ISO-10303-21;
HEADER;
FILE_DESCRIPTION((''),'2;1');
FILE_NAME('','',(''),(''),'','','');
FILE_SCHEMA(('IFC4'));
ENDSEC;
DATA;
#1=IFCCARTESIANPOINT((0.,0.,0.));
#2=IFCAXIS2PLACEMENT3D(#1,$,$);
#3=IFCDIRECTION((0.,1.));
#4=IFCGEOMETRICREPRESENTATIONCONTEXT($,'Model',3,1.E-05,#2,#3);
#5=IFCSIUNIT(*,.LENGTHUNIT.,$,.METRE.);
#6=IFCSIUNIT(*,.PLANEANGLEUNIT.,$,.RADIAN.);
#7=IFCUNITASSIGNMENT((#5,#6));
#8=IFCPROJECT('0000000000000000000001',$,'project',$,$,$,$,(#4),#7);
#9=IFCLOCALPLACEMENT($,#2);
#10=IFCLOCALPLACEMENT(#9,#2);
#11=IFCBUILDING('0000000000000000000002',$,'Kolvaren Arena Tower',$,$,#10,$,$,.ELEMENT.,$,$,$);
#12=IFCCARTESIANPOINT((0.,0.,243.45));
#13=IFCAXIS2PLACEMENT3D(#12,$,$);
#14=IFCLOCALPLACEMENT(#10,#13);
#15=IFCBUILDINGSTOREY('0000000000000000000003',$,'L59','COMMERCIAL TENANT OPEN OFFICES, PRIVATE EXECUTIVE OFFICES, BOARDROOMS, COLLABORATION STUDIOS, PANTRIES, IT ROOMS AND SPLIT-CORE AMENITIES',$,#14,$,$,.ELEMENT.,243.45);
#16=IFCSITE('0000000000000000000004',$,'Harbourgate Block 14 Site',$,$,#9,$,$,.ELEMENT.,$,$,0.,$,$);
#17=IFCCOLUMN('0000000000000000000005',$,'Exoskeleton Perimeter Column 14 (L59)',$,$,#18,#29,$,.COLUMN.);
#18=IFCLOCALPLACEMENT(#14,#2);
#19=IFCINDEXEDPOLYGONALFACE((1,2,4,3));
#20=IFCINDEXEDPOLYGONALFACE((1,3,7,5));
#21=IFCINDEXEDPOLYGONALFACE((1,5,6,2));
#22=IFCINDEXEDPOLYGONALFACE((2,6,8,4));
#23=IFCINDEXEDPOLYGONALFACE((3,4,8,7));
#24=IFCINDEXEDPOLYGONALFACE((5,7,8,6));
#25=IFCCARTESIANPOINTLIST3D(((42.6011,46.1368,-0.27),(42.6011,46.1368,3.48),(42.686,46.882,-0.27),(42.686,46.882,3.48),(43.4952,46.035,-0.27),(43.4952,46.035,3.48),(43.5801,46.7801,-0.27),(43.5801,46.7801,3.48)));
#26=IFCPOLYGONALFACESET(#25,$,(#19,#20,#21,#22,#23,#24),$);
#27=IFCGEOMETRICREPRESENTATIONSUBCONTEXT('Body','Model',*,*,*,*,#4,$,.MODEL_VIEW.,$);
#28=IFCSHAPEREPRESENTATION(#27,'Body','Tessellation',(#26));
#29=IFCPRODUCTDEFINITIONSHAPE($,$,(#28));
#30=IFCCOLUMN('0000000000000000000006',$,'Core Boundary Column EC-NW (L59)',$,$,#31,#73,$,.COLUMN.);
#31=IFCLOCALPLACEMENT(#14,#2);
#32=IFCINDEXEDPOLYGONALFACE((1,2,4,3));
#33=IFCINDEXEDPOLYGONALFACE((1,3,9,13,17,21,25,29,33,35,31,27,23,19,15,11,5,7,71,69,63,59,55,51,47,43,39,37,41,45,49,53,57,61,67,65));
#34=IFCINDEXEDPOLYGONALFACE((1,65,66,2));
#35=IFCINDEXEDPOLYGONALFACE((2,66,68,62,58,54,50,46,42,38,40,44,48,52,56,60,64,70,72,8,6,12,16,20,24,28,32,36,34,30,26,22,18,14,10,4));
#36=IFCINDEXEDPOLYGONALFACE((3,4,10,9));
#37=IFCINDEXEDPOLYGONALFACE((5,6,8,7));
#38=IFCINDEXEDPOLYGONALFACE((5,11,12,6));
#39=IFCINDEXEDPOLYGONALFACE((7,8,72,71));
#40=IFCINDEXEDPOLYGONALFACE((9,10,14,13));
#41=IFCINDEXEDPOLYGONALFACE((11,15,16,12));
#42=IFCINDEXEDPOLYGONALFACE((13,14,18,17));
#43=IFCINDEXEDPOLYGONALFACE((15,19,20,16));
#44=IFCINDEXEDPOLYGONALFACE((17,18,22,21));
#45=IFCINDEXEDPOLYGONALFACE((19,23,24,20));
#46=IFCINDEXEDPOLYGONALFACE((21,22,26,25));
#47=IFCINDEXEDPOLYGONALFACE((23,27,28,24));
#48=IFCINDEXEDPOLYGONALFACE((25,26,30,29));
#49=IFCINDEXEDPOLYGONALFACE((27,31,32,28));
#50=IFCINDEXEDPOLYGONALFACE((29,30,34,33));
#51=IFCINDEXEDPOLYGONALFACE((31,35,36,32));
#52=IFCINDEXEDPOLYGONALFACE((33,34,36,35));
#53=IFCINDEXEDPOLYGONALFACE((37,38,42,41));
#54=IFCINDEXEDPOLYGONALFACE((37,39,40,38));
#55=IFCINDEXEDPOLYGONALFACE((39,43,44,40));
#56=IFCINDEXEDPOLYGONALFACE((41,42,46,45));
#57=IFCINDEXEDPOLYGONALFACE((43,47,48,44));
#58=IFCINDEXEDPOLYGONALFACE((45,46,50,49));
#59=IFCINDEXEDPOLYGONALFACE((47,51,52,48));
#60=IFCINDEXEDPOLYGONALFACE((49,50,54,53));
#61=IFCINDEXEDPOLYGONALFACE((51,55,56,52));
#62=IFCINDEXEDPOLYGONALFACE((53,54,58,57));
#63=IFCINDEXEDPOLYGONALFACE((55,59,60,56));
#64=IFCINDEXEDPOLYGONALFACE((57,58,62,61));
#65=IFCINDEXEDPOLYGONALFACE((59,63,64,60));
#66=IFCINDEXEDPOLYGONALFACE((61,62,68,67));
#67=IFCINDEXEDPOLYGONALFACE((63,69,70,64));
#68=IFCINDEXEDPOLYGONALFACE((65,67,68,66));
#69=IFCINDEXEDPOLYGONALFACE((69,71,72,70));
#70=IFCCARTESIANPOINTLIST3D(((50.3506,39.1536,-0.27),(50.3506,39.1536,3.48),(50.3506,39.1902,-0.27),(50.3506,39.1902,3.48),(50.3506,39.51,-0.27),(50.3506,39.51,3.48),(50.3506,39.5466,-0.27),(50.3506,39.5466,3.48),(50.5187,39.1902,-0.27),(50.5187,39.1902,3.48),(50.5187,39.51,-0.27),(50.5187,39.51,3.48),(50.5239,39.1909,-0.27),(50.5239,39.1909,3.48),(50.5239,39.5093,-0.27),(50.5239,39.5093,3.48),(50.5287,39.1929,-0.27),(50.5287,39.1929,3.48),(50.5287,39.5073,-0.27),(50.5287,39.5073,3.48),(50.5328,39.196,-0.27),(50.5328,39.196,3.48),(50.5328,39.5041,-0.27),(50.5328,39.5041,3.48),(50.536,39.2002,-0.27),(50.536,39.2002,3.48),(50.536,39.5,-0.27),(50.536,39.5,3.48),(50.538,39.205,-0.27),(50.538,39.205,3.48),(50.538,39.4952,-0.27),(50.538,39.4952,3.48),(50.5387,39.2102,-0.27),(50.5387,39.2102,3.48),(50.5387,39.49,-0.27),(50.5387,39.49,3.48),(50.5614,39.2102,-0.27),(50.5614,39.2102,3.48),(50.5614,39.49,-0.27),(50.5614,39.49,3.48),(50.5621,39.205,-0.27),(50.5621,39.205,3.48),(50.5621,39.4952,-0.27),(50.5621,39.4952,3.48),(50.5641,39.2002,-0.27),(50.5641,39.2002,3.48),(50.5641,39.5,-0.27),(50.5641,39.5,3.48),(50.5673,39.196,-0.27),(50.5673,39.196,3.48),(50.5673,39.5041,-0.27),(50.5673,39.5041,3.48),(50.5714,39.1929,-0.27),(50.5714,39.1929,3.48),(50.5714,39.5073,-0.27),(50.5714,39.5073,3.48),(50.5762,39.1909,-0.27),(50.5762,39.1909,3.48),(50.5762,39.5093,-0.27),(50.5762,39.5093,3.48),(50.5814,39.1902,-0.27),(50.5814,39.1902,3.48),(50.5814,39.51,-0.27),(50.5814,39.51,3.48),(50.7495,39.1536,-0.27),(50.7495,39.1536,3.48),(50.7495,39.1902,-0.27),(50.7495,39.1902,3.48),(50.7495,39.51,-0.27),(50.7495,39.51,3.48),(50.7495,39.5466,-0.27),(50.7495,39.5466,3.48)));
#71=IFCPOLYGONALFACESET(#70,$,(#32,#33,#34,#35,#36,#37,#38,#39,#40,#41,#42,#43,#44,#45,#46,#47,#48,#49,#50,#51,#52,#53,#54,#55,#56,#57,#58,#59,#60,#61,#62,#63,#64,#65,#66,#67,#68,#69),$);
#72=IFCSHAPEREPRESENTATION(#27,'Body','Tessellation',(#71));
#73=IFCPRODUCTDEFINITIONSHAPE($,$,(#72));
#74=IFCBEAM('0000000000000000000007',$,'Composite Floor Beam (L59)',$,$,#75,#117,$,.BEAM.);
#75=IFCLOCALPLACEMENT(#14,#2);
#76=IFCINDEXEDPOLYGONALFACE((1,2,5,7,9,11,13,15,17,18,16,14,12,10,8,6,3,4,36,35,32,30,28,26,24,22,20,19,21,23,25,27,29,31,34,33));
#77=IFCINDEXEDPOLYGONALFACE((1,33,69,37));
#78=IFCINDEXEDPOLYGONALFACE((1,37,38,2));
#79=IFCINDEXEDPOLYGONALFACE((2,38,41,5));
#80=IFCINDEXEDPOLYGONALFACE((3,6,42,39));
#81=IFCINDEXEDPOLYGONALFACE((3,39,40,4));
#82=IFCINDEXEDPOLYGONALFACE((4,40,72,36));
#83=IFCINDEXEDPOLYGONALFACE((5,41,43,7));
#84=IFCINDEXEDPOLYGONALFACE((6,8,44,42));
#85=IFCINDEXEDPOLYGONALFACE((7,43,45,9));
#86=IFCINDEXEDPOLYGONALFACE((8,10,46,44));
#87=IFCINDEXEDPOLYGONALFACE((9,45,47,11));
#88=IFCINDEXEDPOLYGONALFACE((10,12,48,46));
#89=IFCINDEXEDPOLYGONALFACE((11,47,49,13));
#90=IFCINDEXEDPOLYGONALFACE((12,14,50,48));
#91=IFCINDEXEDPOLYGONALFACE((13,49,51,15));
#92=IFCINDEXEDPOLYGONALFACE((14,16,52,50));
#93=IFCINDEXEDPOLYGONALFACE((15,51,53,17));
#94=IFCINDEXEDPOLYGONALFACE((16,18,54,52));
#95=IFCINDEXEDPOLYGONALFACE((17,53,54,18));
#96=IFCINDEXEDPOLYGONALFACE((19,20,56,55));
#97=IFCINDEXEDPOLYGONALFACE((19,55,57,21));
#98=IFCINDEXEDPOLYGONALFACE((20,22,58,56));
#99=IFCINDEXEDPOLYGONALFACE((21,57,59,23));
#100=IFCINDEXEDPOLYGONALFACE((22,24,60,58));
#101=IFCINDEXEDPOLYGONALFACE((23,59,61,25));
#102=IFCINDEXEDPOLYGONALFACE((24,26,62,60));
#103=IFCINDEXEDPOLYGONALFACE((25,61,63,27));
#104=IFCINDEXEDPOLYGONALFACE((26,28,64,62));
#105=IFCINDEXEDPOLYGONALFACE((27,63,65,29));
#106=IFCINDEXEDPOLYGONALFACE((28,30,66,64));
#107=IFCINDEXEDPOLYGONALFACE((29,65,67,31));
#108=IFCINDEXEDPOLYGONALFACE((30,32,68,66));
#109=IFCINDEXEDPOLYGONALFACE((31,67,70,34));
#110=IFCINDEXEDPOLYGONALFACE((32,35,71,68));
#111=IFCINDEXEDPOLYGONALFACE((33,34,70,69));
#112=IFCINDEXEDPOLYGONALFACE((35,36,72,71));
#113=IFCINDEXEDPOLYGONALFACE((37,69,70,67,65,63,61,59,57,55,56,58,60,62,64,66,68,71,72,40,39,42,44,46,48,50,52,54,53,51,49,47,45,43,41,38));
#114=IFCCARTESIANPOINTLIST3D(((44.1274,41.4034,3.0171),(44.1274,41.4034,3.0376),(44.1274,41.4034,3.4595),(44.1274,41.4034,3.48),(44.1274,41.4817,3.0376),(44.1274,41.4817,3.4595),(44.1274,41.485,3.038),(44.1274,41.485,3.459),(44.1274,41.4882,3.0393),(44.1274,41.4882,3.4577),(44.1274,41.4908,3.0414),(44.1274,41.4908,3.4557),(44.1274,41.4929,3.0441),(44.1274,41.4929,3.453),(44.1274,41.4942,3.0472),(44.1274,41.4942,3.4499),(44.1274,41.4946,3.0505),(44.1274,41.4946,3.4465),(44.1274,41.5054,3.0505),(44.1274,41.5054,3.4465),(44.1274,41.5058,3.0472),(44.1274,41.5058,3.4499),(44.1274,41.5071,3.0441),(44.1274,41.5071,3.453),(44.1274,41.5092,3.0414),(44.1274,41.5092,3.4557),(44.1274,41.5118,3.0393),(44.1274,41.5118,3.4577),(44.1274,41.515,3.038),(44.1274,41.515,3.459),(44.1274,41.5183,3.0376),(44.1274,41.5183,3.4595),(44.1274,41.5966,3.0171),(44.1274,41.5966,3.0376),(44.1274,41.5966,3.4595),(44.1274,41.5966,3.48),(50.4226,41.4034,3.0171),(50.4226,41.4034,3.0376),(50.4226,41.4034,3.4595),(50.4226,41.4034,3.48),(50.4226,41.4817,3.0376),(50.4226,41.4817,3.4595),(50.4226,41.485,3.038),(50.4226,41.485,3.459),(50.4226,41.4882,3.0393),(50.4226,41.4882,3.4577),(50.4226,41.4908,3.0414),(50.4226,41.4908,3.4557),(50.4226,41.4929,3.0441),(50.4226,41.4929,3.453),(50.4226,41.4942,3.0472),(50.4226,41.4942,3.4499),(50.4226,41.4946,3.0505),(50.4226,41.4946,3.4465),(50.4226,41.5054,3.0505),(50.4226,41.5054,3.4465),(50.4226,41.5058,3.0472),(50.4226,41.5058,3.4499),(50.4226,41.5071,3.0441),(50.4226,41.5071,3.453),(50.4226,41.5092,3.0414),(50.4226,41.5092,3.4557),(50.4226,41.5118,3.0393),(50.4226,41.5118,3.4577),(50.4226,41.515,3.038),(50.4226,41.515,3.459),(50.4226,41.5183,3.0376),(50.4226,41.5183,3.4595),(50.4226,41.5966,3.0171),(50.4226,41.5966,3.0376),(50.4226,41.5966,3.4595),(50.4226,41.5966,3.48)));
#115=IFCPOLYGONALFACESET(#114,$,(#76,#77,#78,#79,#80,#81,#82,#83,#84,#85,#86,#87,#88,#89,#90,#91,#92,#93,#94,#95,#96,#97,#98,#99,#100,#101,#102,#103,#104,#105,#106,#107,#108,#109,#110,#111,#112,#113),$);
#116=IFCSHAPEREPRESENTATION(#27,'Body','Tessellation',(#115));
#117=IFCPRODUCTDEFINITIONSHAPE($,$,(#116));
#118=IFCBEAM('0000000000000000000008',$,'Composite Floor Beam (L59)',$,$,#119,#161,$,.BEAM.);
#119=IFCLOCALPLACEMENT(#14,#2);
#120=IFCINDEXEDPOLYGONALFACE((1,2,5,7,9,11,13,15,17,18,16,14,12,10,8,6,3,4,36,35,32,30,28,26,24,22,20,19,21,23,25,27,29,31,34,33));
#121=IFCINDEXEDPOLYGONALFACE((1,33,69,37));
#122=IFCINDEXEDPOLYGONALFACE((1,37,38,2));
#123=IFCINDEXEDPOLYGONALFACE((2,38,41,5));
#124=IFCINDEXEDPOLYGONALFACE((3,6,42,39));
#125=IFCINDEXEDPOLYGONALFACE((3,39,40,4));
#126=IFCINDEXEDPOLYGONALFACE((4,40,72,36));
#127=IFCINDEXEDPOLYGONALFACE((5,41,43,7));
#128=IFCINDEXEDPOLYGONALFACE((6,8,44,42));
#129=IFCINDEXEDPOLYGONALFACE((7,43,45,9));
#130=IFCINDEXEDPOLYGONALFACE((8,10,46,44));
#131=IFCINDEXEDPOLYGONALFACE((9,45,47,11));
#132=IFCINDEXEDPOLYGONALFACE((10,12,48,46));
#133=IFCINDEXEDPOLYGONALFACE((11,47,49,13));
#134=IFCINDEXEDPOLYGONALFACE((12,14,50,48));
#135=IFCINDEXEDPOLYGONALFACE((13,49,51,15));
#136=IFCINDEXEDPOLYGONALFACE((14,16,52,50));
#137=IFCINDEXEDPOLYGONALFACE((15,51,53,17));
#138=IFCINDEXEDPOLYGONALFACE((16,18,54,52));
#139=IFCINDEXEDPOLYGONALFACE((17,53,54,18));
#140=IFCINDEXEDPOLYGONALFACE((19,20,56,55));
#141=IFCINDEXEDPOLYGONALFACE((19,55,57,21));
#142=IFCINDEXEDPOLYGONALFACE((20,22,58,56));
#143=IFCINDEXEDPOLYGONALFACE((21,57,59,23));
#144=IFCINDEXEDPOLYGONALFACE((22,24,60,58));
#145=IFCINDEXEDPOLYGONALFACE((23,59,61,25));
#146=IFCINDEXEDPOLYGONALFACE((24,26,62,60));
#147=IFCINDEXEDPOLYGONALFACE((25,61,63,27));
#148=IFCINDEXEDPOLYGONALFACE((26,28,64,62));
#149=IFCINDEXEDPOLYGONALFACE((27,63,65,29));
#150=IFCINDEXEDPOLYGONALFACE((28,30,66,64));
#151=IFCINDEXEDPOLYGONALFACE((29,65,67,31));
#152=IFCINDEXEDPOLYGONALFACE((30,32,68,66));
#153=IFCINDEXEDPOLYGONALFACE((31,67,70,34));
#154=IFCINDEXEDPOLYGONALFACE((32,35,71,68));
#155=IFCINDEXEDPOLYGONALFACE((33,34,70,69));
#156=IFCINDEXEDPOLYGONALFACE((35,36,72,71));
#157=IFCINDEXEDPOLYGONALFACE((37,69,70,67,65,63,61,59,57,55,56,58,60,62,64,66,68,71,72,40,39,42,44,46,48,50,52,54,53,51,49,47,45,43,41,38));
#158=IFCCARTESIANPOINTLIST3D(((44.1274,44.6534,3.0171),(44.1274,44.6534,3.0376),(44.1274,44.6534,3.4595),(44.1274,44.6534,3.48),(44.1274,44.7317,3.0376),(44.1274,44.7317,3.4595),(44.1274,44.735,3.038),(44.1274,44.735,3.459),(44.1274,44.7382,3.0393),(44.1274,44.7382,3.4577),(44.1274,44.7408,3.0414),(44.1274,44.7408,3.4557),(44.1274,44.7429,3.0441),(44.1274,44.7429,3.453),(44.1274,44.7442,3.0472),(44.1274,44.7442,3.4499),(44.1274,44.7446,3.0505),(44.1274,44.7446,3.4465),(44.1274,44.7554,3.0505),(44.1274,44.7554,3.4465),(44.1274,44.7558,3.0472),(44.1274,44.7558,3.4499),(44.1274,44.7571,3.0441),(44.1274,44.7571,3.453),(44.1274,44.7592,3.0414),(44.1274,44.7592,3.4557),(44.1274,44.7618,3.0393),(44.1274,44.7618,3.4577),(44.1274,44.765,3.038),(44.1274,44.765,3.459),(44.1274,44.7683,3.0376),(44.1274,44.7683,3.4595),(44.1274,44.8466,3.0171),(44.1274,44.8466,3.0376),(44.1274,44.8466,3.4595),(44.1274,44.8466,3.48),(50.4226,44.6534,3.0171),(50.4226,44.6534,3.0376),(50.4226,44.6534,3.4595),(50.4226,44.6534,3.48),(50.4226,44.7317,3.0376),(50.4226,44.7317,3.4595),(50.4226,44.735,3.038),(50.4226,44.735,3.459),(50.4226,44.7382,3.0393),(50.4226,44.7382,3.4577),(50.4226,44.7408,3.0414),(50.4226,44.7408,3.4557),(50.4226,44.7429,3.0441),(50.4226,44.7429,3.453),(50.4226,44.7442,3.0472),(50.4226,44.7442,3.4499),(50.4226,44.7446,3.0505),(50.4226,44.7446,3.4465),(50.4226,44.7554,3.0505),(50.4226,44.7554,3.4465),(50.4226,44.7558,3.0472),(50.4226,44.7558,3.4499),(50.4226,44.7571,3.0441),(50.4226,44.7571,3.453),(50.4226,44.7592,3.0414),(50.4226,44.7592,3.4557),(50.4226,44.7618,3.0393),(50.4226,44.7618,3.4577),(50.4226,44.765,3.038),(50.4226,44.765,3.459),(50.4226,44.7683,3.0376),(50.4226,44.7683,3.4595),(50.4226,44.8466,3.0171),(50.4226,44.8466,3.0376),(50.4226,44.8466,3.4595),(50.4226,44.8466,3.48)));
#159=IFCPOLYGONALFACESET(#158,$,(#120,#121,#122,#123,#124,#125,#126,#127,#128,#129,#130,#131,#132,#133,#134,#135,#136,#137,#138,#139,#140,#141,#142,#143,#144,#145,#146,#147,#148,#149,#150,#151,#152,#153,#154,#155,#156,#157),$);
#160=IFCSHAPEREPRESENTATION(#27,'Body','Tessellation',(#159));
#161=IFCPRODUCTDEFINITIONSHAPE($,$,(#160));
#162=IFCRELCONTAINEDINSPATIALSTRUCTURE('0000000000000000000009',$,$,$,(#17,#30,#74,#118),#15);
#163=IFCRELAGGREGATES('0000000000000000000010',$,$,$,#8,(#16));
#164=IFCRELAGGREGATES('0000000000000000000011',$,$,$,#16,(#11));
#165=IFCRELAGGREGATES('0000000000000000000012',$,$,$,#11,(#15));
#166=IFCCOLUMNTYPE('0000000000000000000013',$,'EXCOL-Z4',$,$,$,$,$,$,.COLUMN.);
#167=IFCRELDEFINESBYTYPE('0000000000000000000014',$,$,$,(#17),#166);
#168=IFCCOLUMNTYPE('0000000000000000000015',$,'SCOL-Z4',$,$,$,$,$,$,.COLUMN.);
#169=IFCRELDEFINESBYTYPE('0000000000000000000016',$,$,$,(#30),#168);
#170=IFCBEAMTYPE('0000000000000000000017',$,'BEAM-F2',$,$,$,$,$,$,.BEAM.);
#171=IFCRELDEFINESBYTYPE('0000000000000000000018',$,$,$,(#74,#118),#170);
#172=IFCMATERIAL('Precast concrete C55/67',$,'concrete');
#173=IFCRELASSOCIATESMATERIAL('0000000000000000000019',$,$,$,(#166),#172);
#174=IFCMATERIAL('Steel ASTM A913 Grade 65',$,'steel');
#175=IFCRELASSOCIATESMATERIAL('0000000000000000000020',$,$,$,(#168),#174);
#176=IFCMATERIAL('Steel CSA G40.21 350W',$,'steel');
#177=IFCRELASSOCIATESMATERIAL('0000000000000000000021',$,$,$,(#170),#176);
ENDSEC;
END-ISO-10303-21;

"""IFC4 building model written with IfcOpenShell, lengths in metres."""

from ifc_helpers import new_model, si_unit, direction, frame, origin, origin_2d, place, context, subcontext, project, spatial, rectangle, i_section, extrude, material, material_profile, profile_set, type_object, element, save


model = new_model("IFC4")

# Units and contexts
model_context = context("Model", 3, precision=1e-05, world=origin(), true_north=direction((0.0, 1.0)))
body_context = subcontext(model_context, "Body", "Model", "MODEL_VIEW")
ifc_project = project(units=[si_unit("LENGTHUNIT", "METRE"), si_unit("PLANEANGLEUNIT", "RADIAN")], contexts=[model_context])

# Site, building, storey
site_placement = place(None, origin())
site = spatial("IfcSite", under=ifc_project, at=site_placement, Name="Harbourgate Block 14 Site", CompositionType="ELEMENT", RefElevation=0.0)
building_placement = place(site_placement, origin())
building = spatial("IfcBuilding", under=site, at=building_placement, Name="Kolvaren Arena Tower", CompositionType="ELEMENT")
storey_placement = place(building_placement, frame((0.0, 0.0, 243.45)))
storey = spatial("IfcBuildingStorey", under=building, at=storey_placement, Name="L59", Description="COMMERCIAL TENANT OPEN OFFICES, PRIVATE EXECUTIVE OFFICES, BOARDROOMS, COLLABORATION STUDIOS, PANTRIES, IT ROOMS AND SPLIT-CORE AMENITIES", CompositionType="ELEMENT", Elevation=243.45)

# Columns
ifc_material_1 = material(Name="Precast concrete C55/67", Category="concrete")
ifc_material_profile_1 = material_profile(ifc_material_1, rectangle(XDim=0.8999, YDim=0.75, at=origin_2d()), Name="RC-900x750")
ifc_profile_set_1 = profile_set([ifc_material_profile_1], Name="Precast concrete C55/67")
column_type_1 = type_object("IfcColumnType", Name="EXCOL-Z4", PredefinedType="COLUMN", material=ifc_profile_set_1)
column_1_placement = place(storey_placement, frame((43.0906, 46.4585, -0.27), z_axis=(0.0, 0.0, 1.0), x_axis=(0.993572, -0.113203, 0.0)))
element("IfcColumn", 1, at=column_1_placement, inside=storey, type_object=column_type_1, Name="Exoskeleton Perimeter Column 14 (L59)", PredefinedType="COLUMN", context=body_context, shape_type="SweptSolid", body=[
    extrude(rectangle(XDim=0.8999, YDim=0.75, at=origin_2d()), origin(), (0.0, 0.0, 1.0), 3.75),
])
ifc_material_2 = material(Name="Steel ASTM A913 Grade 65", Category="steel")
ifc_material_profile_2 = material_profile(ifc_material_2, i_section(OverallWidth=0.3989, OverallDepth=0.3931, WebThickness=0.0227, FlangeThickness=0.0366, FilletRadius=0.02, at=origin_2d()), Name="W360x287")
ifc_profile_set_2 = profile_set([ifc_material_profile_2], Name="Steel ASTM A913 Grade 65")
column_type_2 = type_object("IfcColumnType", Name="SCOL-Z4", PredefinedType="COLUMN", material=ifc_profile_set_2)
column_2_placement = place(storey_placement, frame((50.55, 39.3501, -0.27), z_axis=(0.0, 0.0, 1.0), x_axis=(1.0, 0.0, 0.0)))
element("IfcColumn", 2, at=column_2_placement, inside=storey, type_object=column_type_2, Name="Core Boundary Column EC-NW (L59)", PredefinedType="COLUMN", context=body_context, shape_type="SweptSolid", body=[
    extrude(i_section(OverallWidth=0.3989, OverallDepth=0.3931, WebThickness=0.0227, FlangeThickness=0.0366, FilletRadius=0.02, at=origin_2d()), origin(), (0.0, 0.0, 1.0), 3.75),
])

# Beams
ifc_material_3 = material(Name="Steel CSA G40.21 350W", Category="steel")
ifc_material_profile_3 = material_profile(ifc_material_3, i_section(OverallWidth=0.1931, OverallDepth=0.4629, WebThickness=0.0107, FlangeThickness=0.0205, FilletRadius=0.0129, at=origin_2d()), Name="W460x113")
ifc_profile_set_3 = profile_set([ifc_material_profile_3], Name="Steel CSA G40.21 350W")
beam_type_1 = type_object("IfcBeamType", Name="BEAM-F2", PredefinedType="BEAM", material=ifc_profile_set_3)
for number, where, z_axis, x_axis, name in (
    (3, (44.1274, 41.5, 3.2485), (1.0, 0.0, 0.0), (0.0, 1.0, 0.0), "Composite Floor Beam (L59)"),
    (4, (44.1274, 44.75, 3.2485), (1.0, 0.0, 0.0), (0.0, 1.0, 0.0), "Composite Floor Beam (L59)"),
):
    element("IfcBeam", number, at=place(storey_placement, frame(where, z_axis=z_axis, x_axis=x_axis)), inside=storey, type_object=beam_type_1, Name=name, PredefinedType="BEAM", context=body_context, shape_type="SweptSolid", body=[
        extrude(i_section(OverallWidth=0.1931, OverallDepth=0.4629, WebThickness=0.0107, FlangeThickness=0.0205, FilletRadius=0.0129, at=origin_2d()), origin(), (0.0, 0.0, 1.0), 6.2952),
    ])

save(model, "model.ifc")
